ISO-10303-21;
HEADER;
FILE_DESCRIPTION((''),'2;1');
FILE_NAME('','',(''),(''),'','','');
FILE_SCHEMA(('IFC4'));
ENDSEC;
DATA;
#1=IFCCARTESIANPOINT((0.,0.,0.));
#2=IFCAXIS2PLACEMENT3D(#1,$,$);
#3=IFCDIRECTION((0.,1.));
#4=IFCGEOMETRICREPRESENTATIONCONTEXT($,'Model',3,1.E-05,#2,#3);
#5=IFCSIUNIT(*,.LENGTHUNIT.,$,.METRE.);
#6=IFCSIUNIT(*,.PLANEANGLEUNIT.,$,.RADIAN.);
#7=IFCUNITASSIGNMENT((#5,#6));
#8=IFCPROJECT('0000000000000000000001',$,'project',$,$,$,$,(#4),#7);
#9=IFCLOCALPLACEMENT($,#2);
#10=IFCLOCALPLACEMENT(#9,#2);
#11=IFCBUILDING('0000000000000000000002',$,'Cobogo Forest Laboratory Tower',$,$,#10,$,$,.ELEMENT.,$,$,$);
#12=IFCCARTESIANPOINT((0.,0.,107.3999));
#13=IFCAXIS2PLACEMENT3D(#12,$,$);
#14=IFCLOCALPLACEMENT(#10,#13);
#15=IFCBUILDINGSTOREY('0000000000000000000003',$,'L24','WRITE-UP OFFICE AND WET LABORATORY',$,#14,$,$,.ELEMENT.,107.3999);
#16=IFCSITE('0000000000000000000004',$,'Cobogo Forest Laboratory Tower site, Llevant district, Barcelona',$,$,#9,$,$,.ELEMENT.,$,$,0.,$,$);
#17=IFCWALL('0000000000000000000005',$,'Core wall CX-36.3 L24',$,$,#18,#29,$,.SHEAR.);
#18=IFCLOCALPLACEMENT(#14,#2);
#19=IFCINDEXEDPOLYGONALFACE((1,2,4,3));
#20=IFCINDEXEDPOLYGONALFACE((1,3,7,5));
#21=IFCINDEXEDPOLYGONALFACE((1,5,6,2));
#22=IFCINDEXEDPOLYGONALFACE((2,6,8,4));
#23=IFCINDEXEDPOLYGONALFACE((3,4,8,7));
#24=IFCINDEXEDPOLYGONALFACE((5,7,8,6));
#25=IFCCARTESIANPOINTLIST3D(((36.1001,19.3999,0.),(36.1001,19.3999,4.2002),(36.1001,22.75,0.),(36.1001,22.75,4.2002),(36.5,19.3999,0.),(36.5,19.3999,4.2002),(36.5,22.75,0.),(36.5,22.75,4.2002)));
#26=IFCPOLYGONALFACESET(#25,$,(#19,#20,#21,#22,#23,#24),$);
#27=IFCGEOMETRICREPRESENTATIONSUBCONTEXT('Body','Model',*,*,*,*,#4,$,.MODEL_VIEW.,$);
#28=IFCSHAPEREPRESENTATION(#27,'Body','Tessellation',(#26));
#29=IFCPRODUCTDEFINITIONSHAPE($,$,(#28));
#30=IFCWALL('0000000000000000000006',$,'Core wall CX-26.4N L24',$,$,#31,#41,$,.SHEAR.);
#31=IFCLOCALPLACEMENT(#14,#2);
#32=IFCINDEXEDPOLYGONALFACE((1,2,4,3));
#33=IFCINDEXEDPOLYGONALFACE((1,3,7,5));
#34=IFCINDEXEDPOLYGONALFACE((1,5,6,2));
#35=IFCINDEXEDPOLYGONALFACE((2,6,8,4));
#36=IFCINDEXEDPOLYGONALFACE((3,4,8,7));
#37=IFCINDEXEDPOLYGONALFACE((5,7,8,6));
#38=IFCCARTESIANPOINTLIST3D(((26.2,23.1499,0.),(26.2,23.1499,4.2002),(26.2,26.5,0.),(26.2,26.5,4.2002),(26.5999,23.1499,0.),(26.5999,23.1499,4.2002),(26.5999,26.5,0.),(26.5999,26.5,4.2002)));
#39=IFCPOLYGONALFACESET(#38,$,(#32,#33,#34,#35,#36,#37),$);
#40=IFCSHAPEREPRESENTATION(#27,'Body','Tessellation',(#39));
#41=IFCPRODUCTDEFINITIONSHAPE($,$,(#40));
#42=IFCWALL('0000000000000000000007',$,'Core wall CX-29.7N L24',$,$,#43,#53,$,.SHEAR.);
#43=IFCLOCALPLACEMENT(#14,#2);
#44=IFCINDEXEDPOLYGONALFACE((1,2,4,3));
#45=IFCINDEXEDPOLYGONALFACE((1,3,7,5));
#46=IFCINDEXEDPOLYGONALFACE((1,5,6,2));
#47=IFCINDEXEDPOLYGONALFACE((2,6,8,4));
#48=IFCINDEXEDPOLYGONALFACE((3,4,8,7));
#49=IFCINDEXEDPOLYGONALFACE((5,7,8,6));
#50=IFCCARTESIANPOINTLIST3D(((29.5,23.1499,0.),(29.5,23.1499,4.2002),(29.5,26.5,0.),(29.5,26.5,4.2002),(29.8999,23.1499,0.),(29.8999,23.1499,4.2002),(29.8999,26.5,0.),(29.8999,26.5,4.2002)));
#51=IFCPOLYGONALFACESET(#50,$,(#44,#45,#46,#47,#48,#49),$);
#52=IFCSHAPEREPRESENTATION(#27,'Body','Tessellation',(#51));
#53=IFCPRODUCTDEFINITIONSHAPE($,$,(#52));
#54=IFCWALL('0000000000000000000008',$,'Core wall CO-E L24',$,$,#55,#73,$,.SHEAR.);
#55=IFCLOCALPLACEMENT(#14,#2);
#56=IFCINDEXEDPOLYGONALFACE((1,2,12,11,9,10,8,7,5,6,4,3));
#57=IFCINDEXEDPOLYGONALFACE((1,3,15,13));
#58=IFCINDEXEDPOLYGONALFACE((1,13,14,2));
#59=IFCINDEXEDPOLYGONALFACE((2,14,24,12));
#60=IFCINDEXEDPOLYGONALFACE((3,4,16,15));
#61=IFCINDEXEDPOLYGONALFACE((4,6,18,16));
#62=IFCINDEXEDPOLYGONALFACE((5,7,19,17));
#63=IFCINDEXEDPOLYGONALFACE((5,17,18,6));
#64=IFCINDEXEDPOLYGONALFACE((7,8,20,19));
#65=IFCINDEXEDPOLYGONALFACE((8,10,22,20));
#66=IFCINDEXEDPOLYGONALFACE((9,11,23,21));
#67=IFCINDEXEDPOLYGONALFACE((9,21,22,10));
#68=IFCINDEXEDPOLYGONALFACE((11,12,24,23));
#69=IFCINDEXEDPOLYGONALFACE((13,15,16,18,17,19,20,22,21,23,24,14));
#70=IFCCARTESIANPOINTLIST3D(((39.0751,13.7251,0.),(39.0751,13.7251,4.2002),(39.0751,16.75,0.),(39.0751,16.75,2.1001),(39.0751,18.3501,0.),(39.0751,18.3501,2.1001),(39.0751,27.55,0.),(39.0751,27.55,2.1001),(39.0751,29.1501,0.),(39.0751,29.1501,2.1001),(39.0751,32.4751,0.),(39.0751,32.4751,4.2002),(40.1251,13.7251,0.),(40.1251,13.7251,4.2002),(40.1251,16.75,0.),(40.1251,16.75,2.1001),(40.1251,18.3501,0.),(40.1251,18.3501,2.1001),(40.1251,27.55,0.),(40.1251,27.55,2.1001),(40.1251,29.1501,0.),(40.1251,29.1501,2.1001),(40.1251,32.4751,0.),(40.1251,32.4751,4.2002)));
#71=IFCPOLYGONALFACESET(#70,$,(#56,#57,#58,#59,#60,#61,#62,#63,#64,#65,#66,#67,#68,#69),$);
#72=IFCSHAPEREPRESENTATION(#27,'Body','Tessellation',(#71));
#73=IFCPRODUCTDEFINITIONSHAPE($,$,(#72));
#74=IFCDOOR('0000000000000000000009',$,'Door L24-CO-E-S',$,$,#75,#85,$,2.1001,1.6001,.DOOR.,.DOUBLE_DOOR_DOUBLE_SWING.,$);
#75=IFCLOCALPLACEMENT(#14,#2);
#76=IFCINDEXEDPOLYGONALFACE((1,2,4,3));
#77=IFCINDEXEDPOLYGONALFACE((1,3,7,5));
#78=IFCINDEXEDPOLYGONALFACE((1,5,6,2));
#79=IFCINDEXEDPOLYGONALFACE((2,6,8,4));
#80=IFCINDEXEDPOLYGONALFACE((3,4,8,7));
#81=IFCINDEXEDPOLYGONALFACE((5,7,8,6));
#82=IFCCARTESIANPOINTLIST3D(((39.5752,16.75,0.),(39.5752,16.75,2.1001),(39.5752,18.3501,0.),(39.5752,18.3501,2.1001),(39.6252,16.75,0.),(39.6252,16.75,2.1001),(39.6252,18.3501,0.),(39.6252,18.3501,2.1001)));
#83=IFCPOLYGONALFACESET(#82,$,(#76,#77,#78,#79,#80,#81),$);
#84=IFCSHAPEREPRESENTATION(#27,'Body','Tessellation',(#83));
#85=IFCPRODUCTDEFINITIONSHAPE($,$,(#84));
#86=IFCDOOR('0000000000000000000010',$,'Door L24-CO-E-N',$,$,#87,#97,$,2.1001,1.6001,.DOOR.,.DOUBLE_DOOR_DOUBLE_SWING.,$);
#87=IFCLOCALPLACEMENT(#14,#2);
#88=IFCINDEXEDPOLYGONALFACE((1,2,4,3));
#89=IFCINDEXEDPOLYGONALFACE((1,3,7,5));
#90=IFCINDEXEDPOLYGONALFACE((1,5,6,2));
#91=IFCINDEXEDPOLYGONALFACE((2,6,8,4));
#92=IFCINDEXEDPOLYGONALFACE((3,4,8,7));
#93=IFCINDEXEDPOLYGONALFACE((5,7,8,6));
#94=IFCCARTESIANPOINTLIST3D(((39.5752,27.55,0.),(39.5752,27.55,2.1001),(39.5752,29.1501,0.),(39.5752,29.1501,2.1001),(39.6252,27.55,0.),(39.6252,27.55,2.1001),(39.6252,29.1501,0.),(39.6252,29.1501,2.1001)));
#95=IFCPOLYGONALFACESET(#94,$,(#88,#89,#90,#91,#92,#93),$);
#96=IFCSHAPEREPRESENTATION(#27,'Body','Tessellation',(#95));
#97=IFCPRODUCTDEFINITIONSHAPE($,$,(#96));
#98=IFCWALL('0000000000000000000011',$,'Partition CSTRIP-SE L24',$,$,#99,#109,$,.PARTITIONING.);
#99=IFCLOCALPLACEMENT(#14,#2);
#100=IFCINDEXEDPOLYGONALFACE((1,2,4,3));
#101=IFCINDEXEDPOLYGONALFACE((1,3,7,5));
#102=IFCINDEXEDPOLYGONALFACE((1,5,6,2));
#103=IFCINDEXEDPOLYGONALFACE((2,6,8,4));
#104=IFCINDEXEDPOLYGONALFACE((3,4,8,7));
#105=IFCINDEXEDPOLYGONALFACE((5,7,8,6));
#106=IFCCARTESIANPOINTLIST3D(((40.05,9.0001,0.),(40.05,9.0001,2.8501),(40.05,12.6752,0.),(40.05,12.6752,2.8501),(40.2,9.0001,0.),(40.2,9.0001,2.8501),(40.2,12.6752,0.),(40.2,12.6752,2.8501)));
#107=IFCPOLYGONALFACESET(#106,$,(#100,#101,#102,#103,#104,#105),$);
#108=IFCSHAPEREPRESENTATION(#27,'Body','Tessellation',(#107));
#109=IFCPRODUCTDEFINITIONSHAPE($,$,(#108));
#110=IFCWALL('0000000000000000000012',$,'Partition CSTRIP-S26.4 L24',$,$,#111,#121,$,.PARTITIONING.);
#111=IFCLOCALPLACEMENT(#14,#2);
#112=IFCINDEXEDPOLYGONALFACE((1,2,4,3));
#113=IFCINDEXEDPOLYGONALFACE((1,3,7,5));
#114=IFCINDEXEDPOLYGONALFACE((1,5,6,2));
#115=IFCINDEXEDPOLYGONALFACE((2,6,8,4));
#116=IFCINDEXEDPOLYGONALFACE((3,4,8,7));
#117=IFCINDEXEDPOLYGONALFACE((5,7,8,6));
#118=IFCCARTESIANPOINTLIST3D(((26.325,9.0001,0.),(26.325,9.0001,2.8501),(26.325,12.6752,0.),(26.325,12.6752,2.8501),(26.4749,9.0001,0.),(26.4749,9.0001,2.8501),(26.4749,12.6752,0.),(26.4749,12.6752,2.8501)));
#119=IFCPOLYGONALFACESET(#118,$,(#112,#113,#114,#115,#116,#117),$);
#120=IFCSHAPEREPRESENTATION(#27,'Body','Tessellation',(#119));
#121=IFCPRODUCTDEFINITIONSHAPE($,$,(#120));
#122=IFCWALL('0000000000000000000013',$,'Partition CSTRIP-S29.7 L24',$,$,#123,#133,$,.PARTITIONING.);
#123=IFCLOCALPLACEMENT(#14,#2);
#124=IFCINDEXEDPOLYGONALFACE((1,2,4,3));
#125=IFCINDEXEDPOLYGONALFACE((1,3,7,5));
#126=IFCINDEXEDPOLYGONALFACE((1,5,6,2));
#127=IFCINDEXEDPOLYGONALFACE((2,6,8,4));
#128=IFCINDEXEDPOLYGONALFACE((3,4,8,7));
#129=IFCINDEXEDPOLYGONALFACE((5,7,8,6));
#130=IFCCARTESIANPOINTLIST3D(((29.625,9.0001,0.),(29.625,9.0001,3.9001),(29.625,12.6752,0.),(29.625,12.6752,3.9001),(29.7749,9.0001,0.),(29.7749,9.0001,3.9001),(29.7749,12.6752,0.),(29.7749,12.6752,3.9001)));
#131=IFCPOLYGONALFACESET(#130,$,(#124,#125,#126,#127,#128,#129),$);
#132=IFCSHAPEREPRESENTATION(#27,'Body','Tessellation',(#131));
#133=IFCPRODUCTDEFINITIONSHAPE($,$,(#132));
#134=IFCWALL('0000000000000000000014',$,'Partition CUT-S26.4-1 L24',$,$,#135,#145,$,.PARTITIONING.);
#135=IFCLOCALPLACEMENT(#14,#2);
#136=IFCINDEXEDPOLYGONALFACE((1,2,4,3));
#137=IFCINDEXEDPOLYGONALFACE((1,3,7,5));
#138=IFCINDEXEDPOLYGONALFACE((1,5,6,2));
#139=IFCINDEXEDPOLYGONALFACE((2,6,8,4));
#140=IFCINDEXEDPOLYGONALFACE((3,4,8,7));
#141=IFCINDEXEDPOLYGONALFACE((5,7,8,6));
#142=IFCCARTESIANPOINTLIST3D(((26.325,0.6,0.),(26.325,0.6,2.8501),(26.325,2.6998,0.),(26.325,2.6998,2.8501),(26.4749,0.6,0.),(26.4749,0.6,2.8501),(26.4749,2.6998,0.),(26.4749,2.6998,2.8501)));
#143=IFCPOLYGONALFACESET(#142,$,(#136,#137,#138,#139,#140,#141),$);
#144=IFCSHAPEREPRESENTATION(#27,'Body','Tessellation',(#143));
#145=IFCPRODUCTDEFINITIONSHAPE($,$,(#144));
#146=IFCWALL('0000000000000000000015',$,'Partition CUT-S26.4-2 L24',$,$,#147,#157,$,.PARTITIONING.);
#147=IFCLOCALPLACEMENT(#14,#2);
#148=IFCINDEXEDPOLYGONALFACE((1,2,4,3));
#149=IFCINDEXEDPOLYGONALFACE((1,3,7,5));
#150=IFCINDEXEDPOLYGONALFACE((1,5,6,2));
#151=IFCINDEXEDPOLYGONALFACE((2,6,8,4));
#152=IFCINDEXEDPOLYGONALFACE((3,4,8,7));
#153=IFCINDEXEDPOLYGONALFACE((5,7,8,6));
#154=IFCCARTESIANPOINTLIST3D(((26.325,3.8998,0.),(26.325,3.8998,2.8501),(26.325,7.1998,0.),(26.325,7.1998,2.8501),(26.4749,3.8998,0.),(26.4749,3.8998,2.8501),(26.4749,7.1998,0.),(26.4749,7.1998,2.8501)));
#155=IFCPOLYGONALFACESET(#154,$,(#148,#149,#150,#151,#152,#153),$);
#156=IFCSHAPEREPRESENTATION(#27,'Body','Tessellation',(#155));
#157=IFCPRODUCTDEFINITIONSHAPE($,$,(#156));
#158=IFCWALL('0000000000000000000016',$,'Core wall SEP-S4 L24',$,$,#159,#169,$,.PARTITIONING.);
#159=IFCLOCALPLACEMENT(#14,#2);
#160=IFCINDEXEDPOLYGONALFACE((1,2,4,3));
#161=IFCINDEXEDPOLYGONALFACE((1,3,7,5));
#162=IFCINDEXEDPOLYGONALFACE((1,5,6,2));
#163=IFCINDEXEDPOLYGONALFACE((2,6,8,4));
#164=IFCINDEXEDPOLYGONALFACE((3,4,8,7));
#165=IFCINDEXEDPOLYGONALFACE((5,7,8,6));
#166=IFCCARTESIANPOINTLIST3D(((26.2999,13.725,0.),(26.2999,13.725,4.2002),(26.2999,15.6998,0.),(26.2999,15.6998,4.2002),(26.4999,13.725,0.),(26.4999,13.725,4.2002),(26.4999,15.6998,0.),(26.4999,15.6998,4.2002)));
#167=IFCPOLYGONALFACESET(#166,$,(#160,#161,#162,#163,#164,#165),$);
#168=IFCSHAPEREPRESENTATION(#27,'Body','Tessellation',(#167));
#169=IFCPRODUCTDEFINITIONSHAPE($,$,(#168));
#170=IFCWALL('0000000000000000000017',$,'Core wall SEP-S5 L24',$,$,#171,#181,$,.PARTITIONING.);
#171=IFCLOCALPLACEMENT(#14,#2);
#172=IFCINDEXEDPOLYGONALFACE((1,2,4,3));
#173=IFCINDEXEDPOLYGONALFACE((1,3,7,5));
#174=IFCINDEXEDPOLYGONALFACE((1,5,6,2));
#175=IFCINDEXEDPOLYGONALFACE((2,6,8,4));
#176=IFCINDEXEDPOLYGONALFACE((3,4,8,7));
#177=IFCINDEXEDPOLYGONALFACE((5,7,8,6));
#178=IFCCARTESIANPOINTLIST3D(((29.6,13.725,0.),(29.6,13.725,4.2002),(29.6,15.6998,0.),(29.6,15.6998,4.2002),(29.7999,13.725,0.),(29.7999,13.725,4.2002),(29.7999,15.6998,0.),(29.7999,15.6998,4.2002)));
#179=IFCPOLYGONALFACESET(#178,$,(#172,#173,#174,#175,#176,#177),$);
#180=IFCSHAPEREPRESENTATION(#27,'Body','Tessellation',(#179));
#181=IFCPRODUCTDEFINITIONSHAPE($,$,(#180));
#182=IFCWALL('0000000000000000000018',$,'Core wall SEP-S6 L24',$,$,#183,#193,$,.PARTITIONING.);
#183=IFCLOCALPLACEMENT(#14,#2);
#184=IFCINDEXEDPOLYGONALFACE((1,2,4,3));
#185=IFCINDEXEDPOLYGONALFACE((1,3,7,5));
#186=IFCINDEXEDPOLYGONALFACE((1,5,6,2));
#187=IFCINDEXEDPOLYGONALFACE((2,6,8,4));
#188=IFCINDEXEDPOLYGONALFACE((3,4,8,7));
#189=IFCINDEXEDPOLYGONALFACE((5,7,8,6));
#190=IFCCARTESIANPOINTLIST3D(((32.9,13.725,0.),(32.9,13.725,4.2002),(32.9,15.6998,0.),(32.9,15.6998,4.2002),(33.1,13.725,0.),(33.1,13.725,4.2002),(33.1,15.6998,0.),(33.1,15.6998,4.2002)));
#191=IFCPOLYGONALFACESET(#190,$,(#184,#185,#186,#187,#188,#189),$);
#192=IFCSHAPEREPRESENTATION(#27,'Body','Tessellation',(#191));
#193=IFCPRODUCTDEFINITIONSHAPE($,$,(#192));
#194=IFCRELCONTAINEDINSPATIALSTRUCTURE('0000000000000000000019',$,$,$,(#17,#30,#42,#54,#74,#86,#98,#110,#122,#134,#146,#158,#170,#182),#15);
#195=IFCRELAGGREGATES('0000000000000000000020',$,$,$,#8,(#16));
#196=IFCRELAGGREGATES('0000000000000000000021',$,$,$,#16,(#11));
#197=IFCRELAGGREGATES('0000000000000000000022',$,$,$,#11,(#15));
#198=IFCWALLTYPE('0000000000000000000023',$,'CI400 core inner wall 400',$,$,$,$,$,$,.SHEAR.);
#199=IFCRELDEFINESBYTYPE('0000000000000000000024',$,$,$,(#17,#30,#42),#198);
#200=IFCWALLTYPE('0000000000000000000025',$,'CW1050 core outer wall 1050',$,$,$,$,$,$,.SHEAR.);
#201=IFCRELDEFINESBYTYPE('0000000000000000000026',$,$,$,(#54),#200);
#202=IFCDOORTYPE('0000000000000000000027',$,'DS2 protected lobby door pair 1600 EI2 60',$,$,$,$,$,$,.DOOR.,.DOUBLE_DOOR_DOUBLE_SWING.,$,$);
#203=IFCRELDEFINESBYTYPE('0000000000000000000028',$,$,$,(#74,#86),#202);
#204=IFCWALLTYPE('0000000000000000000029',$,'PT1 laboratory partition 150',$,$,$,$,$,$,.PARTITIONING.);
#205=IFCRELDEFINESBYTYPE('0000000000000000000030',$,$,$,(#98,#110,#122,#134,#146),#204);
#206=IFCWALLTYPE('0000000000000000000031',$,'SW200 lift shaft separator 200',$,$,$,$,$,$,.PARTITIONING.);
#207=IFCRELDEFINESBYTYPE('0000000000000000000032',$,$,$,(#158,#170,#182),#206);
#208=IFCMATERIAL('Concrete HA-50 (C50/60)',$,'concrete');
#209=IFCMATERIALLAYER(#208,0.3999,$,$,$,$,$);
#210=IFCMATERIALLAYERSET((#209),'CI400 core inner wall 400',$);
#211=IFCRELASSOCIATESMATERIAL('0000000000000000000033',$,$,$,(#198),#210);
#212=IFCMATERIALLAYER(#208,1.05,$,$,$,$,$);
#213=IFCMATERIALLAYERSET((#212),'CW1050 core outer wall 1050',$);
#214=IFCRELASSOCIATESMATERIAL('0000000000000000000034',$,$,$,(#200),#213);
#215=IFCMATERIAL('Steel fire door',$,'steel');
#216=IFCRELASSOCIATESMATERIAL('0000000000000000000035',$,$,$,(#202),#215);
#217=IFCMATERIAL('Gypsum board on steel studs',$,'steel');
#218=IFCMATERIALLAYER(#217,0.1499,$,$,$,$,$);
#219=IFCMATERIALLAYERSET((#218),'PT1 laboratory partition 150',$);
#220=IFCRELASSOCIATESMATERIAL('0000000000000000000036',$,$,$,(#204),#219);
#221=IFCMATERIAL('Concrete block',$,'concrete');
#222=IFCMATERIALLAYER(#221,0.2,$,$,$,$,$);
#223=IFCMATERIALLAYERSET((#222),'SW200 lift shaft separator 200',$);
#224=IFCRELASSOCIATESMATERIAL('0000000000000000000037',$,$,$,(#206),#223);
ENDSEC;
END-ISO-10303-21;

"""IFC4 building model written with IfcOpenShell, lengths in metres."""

from ifc_helpers import new_model, si_unit, direction, frame, frame_2d, origin, place, context, subcontext, project, spatial, rectangle, extrude, material, layer, layer_set, type_object, element, fill, save


model = new_model("IFC4")

# Units and contexts
model_context = context("Model", 3, precision=1e-05, world=origin(), true_north=direction((0.0, 1.0)))
body_context = subcontext(model_context, "Body", "Model", "MODEL_VIEW")
ifc_project = project(units=[si_unit("LENGTHUNIT", "METRE"), si_unit("PLANEANGLEUNIT", "RADIAN")], contexts=[model_context])

# Site, building, storey
site_placement = place(None, origin())
site = spatial("IfcSite", under=ifc_project, at=site_placement, Name="Cobogo Forest Laboratory Tower site, Llevant district, Barcelona", CompositionType="ELEMENT", RefElevation=0.0)
building_placement = place(site_placement, origin())
building = spatial("IfcBuilding", under=site, at=building_placement, Name="Cobogo Forest Laboratory Tower", CompositionType="ELEMENT")
storey_placement = place(building_placement, frame((0.0, 0.0, 107.3999)))
storey = spatial("IfcBuildingStorey", under=building, at=storey_placement, Name="L24", Description="WRITE-UP OFFICE AND WET LABORATORY", CompositionType="ELEMENT", Elevation=107.3999)

# Shared definitions
ifc_material_1 = material(Name="Concrete HA-50 (C50/60)", Category="concrete")

# Walls
ifc_layer_1 = layer(ifc_material_1, 0.3999)
ifc_layer_set_1 = layer_set([ifc_layer_1], Name="CI400 core inner wall 400")
wall_type_1 = type_object("IfcWallType", Name="CI400 core inner wall 400", PredefinedType="SHEAR", material=ifc_layer_set_1)
for number, where, z_axis, x_axis, name in (
    (1, (36.3, 19.3999, 0.0), (0.0, 0.0, 1.0), (0.0, 1.0, 0.0), "Core wall CX-36.3 L24"),
    (2, (26.3999, 23.1499, 0.0), (0.0, 0.0, 1.0), (0.0, 1.0, 0.0), "Core wall CX-26.4N L24"),
    (3, (29.7, 23.1499, 0.0), (0.0, 0.0, 1.0), (0.0, 1.0, 0.0), "Core wall CX-29.7N L24"),
):
    element("IfcWall", number, at=place(storey_placement, frame(where, z_axis=z_axis, x_axis=x_axis)), inside=storey, type_object=wall_type_1, Name=name, PredefinedType="SHEAR", context=body_context, shape_type="SweptSolid", body=[
        extrude(rectangle(XDim=3.3501, YDim=0.3999, at=frame_2d((1.675, 0.0))), origin(), (0.0, 0.0, 1.0), 4.2002),
    ])

# Wall, openings, doors
ifc_layer_2 = layer(ifc_material_1, 1.05)
ifc_layer_set_2 = layer_set([ifc_layer_2], Name="CW1050 core outer wall 1050")
wall_type_2 = type_object("IfcWallType", Name="CW1050 core outer wall 1050", PredefinedType="SHEAR", material=ifc_layer_set_2)
wall_1_placement = place(storey_placement, frame((39.6001, 13.7251, 0.0), z_axis=(0.0, 0.0, 1.0), x_axis=(0.0, 1.0, 0.0)))
wall_1 = element("IfcWall", 4, at=wall_1_placement, inside=storey, type_object=wall_type_2, Name="Core wall CO-E L24", PredefinedType="SHEAR", context=body_context, shape_type="SweptSolid", body=[
    extrude(rectangle(XDim=18.75, YDim=1.05, at=frame_2d((9.375, 0.0))), origin(), (0.0, 0.0, 1.0), 4.2002),
])
opening_1_placement = place(wall_1_placement, frame((3.0249, 0.0, 0.0)))
opening_1 = element("IfcOpeningElement", 5, at=opening_1_placement, cuts=wall_1, PredefinedType="OPENING", context=body_context, shape_type="SweptSolid", body=[
    extrude(rectangle(XDim=1.6001, YDim=2.1001, at=frame_2d((0.8, 1.05))), frame((0.0, 0.5349, 0.0), z_axis=(0.0, -1.0, 0.0), x_axis=(1.0, 0.0, 0.0)), (0.0, 0.0, 1.0), 1.0701),
])
opening_2_placement = place(wall_1_placement, frame((13.825, 0.0, 0.0)))
opening_2 = element("IfcOpeningElement", 6, at=opening_2_placement, cuts=wall_1, PredefinedType="OPENING", context=body_context, shape_type="SweptSolid", body=[
    extrude(rectangle(XDim=1.6001, YDim=2.1001, at=frame_2d((0.8, 1.05))), frame((0.0, 0.5349, 0.0), z_axis=(0.0, -1.0, 0.0), x_axis=(1.0, 0.0, 0.0)), (0.0, 0.0, 1.0), 1.0701),
])
ifc_material_2 = material(Name="Steel fire door", Category="steel")
door_type = type_object("IfcDoorType", Name="DS2 protected lobby door pair 1600 EI2 60", OperationType="DOUBLE_DOOR_DOUBLE_SWING", PredefinedType="DOOR", material=ifc_material_2)
door_1_placement = place(opening_1_placement, origin())
door_1 = element("IfcDoor", 7, at=door_1_placement, inside=storey, type_object=door_type, Name="Door L24-CO-E-S", OperationType="DOUBLE_DOOR_DOUBLE_SWING", OverallHeight=2.1001, OverallWidth=1.6001, PredefinedType="DOOR", context=body_context, shape_type="SweptSolid", body=[
    extrude(rectangle(XDim=1.6001, YDim=2.1001, at=frame_2d((0.8, 1.05))), frame((0.0, 0.0249, 0.0), z_axis=(0.0, -1.0, 0.0), x_axis=(1.0, 0.0, 0.0)), (0.0, 0.0, 1.0), 0.05),
])
fill(opening_1, door_1)
door_2_placement = place(opening_2_placement, origin())
door_2 = element("IfcDoor", 8, at=door_2_placement, inside=storey, type_object=door_type, Name="Door L24-CO-E-N", OperationType="DOUBLE_DOOR_DOUBLE_SWING", OverallHeight=2.1001, OverallWidth=1.6001, PredefinedType="DOOR", context=body_context, shape_type="SweptSolid", body=[
    extrude(rectangle(XDim=1.6001, YDim=2.1001, at=frame_2d((0.8, 1.05))), frame((0.0, 0.0249, 0.0), z_axis=(0.0, -1.0, 0.0), x_axis=(1.0, 0.0, 0.0)), (0.0, 0.0, 1.0), 0.05),
])
fill(opening_2, door_2)

# Walls
ifc_material_3 = material(Name="Gypsum board on steel studs", Category="steel")
ifc_layer_3 = layer(ifc_material_3, 0.1499)
ifc_layer_set_3 = layer_set([ifc_layer_3], Name="PT1 laboratory partition 150")
wall_type_3 = type_object("IfcWallType", Name="PT1 laboratory partition 150", PredefinedType="PARTITIONING", material=ifc_layer_set_3)
for number, where, z_axis, x_axis, name in (
    (9, (40.125, 12.675, 0.0), (0.0, 0.0, 1.0), (0.0, -1.0, 0.0), "Partition CSTRIP-SE L24"),
    (10, (26.3999, 12.675, 0.0), (0.0, 0.0, 1.0), (0.0, -1.0, 0.0), "Partition CSTRIP-S26.4 L24"),
):
    element("IfcWall", number, at=place(storey_placement, frame(where, z_axis=z_axis, x_axis=x_axis)), inside=storey, type_object=wall_type_3, Name=name, PredefinedType="PARTITIONING", context=body_context, shape_type="SweptSolid", body=[
        extrude(rectangle(XDim=3.675, YDim=0.1499, at=frame_2d((1.8374, 0.0))), origin(), (0.0, 0.0, 1.0), 2.8501),
    ])
wall_2_placement = place(storey_placement, frame((29.7, 12.675, 0.0), z_axis=(0.0, 0.0, 1.0), x_axis=(0.0, -1.0, 0.0)))
element("IfcWall", 11, at=wall_2_placement, inside=storey, type_object=wall_type_3, Name="Partition CSTRIP-S29.7 L24", PredefinedType="PARTITIONING", context=body_context, shape_type="SweptSolid", body=[
    extrude(rectangle(XDim=3.675, YDim=0.1499, at=frame_2d((1.8374, 0.0))), origin(), (0.0, 0.0, 1.0), 3.9001),
])
wall_3_placement = place(storey_placement, frame((26.3999, 0.6001, 0.0), z_axis=(0.0, 0.0, 1.0), x_axis=(0.0, 1.0, 0.0)))
element("IfcWall", 12, at=wall_3_placement, inside=storey, type_object=wall_type_3, Name="Partition CUT-S26.4-1 L24", PredefinedType="PARTITIONING", context=body_context, shape_type="SweptSolid", body=[
    extrude(rectangle(XDim=2.0999, YDim=0.1499, at=frame_2d((1.0498, 0.0))), origin(), (0.0, 0.0, 1.0), 2.8501),
])
wall_4_placement = place(storey_placement, frame((26.3999, 3.8999, 0.0), z_axis=(0.0, 0.0, 1.0), x_axis=(0.0, 1.0, 0.0)))
element("IfcWall", 13, at=wall_4_placement, inside=storey, type_object=wall_type_3, Name="Partition CUT-S26.4-2 L24", PredefinedType="PARTITIONING", context=body_context, shape_type="SweptSolid", body=[
    extrude(rectangle(XDim=3.3, YDim=0.1499, at=frame_2d((1.6499, 0.0))), origin(), (0.0, 0.0, 1.0), 2.8501),
])
ifc_material_4 = material(Name="Concrete block", Category="concrete")
ifc_layer_4 = layer(ifc_material_4, 0.2)
ifc_layer_set_4 = layer_set([ifc_layer_4], Name="SW200 lift shaft separator 200")
wall_type_4 = type_object("IfcWallType", Name="SW200 lift shaft separator 200", PredefinedType="PARTITIONING", material=ifc_layer_set_4)
for number, where, z_axis, x_axis, name in (
    (14, (26.3999, 13.7251, 0.0), (0.0, 0.0, 1.0), (0.0, 1.0, 0.0), "Core wall SEP-S4 L24"),
    (15, (29.7, 13.7251, 0.0), (0.0, 0.0, 1.0), (0.0, 1.0, 0.0), "Core wall SEP-S5 L24"),
    (16, (33.0, 13.7251, 0.0), (0.0, 0.0, 1.0), (0.0, 1.0, 0.0), "Core wall SEP-S6 L24"),
):
    element("IfcWall", number, at=place(storey_placement, frame(where, z_axis=z_axis, x_axis=x_axis)), inside=storey, type_object=wall_type_4, Name=name, PredefinedType="PARTITIONING", context=body_context, shape_type="SweptSolid", body=[
        extrude(rectangle(XDim=1.9749, YDim=0.2, at=frame_2d((0.9873, 0.0))), origin(), (0.0, 0.0, 1.0), 4.2002),
    ])

save(model, "model.ifc")
